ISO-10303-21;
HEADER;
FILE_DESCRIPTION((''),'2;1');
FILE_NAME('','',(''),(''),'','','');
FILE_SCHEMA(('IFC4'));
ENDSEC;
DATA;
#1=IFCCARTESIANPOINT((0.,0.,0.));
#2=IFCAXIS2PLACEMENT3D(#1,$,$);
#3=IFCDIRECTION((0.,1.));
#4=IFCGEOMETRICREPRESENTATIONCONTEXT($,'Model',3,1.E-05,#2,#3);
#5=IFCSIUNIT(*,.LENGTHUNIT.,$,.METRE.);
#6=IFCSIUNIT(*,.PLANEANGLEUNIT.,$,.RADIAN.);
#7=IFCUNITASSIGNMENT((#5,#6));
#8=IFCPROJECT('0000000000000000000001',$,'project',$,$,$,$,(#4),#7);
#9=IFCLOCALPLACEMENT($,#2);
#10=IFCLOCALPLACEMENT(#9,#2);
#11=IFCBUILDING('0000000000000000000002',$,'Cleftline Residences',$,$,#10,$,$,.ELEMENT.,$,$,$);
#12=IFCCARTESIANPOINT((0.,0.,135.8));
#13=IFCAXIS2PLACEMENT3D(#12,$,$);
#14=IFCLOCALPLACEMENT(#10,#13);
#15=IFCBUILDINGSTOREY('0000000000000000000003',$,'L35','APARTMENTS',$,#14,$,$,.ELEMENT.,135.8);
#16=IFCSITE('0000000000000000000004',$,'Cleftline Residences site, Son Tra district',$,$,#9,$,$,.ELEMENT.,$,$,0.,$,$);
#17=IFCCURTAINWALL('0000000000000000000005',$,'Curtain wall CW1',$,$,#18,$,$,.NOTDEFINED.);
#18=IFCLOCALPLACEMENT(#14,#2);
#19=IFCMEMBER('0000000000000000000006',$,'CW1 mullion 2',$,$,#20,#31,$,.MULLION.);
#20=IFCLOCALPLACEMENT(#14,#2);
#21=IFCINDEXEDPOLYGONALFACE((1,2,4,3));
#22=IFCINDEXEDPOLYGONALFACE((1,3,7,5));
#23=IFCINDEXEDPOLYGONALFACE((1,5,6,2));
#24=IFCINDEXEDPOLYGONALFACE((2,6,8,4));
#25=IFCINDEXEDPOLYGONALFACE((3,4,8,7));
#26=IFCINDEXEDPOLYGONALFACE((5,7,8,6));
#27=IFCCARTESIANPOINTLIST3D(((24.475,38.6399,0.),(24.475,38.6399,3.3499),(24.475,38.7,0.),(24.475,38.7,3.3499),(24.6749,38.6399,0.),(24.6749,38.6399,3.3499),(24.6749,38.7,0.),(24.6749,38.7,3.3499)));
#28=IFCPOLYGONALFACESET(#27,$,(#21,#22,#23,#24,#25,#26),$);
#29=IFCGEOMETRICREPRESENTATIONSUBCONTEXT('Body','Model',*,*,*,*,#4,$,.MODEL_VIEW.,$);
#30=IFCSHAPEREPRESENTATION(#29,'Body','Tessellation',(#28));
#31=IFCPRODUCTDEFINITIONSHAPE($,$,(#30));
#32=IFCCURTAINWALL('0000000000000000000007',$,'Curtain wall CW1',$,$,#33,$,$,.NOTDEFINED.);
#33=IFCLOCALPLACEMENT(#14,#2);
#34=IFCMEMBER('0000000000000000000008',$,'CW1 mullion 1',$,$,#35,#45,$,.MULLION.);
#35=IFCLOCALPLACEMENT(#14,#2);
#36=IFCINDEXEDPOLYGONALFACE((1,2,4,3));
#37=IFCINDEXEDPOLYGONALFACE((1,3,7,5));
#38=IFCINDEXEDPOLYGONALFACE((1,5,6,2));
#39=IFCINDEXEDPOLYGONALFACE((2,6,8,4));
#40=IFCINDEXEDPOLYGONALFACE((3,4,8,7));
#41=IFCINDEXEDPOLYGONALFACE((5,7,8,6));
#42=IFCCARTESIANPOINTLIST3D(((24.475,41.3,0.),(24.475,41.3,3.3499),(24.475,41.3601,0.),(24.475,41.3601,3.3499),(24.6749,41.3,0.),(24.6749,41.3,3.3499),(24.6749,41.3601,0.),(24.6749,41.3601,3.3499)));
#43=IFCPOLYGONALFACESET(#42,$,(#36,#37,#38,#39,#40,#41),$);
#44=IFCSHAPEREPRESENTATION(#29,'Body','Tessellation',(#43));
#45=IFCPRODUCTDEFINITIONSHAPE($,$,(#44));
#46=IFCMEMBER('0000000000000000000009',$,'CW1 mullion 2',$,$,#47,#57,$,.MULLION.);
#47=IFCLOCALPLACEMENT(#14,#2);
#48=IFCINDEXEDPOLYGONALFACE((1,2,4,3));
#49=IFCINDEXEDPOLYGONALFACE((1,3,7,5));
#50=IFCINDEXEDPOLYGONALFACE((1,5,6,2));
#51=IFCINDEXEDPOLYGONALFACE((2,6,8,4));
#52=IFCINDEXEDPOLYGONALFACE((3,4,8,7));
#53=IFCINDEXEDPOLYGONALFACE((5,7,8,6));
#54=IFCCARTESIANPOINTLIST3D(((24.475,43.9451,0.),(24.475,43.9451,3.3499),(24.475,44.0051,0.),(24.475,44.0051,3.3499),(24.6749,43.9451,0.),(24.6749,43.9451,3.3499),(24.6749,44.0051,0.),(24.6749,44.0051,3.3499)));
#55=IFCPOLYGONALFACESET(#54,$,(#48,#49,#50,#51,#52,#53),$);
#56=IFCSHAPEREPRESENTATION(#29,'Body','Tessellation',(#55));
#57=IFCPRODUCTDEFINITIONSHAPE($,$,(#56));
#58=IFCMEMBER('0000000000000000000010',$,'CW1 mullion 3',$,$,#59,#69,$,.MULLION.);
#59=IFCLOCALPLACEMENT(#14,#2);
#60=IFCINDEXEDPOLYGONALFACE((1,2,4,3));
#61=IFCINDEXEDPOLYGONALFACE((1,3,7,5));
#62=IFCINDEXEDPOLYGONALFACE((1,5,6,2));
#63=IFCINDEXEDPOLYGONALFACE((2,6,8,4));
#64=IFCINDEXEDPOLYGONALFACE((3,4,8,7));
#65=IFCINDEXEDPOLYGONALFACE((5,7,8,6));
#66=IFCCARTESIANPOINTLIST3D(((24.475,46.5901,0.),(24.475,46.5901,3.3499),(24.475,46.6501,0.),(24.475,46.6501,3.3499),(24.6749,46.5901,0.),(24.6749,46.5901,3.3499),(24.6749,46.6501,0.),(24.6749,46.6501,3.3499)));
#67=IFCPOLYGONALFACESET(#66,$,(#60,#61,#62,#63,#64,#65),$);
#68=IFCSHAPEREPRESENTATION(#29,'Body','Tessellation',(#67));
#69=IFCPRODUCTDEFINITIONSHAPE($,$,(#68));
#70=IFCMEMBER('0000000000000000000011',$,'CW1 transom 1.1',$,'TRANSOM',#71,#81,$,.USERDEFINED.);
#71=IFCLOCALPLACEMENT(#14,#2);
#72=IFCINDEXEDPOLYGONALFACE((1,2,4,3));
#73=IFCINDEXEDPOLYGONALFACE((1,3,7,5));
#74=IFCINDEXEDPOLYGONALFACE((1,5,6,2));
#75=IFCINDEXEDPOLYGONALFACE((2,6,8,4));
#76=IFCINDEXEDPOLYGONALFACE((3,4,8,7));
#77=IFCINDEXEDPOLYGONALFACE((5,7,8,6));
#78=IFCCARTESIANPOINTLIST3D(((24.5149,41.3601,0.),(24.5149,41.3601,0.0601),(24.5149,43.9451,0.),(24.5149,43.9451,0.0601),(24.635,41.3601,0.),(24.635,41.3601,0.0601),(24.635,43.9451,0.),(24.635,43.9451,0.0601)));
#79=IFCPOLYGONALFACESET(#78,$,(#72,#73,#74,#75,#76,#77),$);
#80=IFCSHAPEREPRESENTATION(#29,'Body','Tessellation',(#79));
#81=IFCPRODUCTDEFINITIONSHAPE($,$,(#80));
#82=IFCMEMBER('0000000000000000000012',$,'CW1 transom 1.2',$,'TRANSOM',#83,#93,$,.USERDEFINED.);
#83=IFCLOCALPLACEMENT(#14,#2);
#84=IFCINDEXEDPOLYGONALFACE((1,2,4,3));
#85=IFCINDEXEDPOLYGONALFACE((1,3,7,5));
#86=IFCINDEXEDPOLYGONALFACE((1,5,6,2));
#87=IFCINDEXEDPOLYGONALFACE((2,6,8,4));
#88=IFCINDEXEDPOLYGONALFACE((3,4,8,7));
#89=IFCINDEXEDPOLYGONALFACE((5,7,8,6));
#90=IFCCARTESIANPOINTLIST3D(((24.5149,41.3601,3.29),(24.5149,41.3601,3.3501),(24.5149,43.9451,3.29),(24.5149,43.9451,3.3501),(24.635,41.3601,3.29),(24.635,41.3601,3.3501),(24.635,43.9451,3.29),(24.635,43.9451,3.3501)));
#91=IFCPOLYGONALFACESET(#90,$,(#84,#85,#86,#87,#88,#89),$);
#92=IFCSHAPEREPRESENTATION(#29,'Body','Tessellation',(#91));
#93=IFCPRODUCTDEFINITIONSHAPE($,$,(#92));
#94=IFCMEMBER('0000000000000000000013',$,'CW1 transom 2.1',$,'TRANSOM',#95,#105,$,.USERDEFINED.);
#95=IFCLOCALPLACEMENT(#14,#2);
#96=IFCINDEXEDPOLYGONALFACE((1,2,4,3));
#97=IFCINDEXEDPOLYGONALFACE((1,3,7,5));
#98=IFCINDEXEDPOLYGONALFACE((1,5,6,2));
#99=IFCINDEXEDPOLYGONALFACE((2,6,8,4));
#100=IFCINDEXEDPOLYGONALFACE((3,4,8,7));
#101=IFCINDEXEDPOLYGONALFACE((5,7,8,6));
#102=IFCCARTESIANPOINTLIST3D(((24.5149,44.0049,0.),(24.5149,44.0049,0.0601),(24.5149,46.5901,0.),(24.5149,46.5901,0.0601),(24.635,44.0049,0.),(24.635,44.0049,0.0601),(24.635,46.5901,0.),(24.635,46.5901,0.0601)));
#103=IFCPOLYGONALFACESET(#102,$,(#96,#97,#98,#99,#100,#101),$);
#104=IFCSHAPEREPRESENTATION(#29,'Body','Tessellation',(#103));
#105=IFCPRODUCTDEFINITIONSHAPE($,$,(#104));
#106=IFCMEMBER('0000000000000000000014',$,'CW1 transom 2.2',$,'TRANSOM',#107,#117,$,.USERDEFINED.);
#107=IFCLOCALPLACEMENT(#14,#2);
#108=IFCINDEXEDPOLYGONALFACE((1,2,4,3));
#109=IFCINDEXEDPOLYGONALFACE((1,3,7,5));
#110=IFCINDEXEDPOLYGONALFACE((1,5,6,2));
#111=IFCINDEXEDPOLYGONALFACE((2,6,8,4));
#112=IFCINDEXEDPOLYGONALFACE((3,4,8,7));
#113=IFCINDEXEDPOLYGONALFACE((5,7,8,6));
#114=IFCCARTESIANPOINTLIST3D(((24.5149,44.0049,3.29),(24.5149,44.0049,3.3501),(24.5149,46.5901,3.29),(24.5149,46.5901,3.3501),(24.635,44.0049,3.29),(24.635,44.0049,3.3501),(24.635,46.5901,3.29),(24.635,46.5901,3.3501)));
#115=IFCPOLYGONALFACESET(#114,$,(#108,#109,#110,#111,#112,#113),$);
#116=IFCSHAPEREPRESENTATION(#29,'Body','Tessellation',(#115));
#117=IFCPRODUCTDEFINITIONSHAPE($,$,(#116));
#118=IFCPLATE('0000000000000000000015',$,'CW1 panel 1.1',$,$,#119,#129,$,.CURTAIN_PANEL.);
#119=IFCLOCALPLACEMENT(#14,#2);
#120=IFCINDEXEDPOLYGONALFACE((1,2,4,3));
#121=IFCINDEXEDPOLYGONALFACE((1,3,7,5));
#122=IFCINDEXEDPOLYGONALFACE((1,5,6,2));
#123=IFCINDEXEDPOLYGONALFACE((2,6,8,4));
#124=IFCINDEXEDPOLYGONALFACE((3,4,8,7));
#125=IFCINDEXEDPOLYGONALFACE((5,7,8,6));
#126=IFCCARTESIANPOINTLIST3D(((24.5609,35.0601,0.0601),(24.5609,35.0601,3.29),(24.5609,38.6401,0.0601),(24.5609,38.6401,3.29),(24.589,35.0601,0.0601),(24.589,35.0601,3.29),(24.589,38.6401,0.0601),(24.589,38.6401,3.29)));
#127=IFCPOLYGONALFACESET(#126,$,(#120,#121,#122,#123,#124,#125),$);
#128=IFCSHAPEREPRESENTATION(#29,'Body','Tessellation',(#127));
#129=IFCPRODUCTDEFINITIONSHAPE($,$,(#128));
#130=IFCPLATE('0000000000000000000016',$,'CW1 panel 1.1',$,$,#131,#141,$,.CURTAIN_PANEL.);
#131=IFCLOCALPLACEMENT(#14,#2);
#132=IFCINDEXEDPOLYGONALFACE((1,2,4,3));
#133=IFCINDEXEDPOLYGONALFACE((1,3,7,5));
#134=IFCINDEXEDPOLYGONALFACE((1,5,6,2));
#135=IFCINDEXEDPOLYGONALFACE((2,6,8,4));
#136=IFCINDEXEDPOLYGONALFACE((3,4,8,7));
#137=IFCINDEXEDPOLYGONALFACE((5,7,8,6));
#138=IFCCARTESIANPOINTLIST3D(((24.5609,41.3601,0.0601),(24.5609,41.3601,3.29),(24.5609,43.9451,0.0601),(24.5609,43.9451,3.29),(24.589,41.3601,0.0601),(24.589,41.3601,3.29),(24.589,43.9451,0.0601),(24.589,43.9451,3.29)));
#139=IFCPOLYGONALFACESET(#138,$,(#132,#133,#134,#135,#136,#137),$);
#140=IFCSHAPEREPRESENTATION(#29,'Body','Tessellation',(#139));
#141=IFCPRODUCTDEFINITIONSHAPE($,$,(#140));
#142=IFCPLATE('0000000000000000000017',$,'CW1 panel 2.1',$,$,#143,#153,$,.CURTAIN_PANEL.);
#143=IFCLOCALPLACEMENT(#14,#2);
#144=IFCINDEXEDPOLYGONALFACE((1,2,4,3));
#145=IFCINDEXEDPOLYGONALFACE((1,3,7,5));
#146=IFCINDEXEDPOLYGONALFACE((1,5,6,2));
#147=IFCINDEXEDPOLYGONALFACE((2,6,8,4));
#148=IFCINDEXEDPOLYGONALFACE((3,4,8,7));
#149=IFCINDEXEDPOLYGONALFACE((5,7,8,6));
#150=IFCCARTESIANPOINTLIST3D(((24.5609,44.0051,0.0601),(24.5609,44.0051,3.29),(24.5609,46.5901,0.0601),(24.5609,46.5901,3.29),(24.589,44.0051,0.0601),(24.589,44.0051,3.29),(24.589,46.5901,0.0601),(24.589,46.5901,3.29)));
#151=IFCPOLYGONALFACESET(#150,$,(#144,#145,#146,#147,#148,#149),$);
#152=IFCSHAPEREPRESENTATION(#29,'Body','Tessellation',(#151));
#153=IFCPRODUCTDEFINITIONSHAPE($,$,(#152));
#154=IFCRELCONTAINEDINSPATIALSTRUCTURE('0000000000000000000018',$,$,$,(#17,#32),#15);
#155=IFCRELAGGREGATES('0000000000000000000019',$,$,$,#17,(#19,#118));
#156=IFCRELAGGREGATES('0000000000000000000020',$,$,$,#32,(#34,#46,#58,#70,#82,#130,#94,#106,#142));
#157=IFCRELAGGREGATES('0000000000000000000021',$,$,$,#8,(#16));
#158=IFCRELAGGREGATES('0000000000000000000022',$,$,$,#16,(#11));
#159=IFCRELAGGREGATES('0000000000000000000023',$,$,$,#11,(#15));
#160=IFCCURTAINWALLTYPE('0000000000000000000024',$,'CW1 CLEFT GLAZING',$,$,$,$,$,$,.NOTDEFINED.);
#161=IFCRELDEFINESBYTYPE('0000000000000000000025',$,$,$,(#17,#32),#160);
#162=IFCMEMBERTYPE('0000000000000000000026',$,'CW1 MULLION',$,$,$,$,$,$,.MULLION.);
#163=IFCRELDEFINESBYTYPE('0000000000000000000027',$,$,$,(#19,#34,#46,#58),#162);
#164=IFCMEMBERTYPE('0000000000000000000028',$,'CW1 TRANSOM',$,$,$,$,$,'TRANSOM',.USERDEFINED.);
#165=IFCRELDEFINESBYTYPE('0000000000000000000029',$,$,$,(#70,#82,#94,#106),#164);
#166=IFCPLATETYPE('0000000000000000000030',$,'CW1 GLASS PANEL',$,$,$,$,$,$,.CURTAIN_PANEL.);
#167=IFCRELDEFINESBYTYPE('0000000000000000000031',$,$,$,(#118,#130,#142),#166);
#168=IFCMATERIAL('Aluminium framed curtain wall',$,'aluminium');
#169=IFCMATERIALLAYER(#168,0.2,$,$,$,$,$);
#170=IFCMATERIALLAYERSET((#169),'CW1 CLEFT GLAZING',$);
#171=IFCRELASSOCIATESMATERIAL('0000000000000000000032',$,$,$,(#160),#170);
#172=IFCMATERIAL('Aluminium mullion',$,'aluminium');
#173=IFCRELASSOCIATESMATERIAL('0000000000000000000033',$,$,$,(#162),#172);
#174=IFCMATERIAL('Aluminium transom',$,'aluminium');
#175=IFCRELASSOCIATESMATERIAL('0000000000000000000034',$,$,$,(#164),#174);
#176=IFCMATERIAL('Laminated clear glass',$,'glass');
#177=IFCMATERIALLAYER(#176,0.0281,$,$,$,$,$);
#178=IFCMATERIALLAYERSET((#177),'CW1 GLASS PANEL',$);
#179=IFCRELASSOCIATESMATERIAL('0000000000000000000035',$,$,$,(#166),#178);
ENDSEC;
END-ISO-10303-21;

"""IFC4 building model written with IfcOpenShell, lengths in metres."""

from ifc_helpers import new_model, si_unit, direction, frame, origin, origin_2d, place, context, subcontext, project, spatial, rectangle, extrude, material, layer, layer_set, material_profile, profile_set, type_object, element, aggregate, save


model = new_model("IFC4")

# Units and contexts
model_context = context("Model", 3, precision=1e-05, world=origin(), true_north=direction((0.0, 1.0)))
body_context = subcontext(model_context, "Body", "Model", "MODEL_VIEW")
ifc_project = project(units=[si_unit("LENGTHUNIT", "METRE"), si_unit("PLANEANGLEUNIT", "RADIAN")], contexts=[model_context])

# Site, building, storey
site_placement = place(None, origin())
site = spatial("IfcSite", under=ifc_project, at=site_placement, Name="Cleftline Residences site, Son Tra district", CompositionType="ELEMENT", RefElevation=0.0)
building_placement = place(site_placement, origin())
building = spatial("IfcBuilding", under=site, at=building_placement, Name="Cleftline Residences", CompositionType="ELEMENT")
storey_placement = place(building_placement, frame((0.0, 0.0, 135.8)))
storey = spatial("IfcBuildingStorey", under=building, at=storey_placement, Name="L35", Description="APARTMENTS", CompositionType="ELEMENT", Elevation=135.8)

# Curtain wall, member
ifc_material_1 = material(Name="Aluminium framed curtain wall", Category="aluminium")
ifc_layer_1 = layer(ifc_material_1, 0.2)
ifc_layer_set_1 = layer_set([ifc_layer_1], Name="CW1 CLEFT GLAZING")
curtain_wall_type = type_object("IfcCurtainWallType", Name="CW1 CLEFT GLAZING", PredefinedType="NOTDEFINED", material=ifc_layer_set_1)
curtain_wall_1_placement = place(storey_placement, origin())
curtain_wall_1 = element("IfcCurtainWall", 1, at=curtain_wall_1_placement, inside=storey, type_object=curtain_wall_type, Name="Curtain wall CW1", PredefinedType="NOTDEFINED")
ifc_material_2 = material(Name="Aluminium mullion", Category="aluminium")
ifc_material_profile_1 = material_profile(ifc_material_2, rectangle(XDim=0.2, YDim=0.0601, at=origin_2d()))
ifc_profile_set_1 = profile_set([ifc_material_profile_1], Name="Aluminium mullion")
member_type_1 = type_object("IfcMemberType", Name="CW1 MULLION", PredefinedType="MULLION", material=ifc_profile_set_1)
member_1_placement = place(storey_placement, frame((24.575, 38.6699, 0.0), z_axis=(0.0, 0.0, 1.0), x_axis=(-1.0, 0.0, 0.0)))
member_1 = element("IfcMember", 2, at=member_1_placement, type_object=member_type_1, Name="CW1 mullion 2", PredefinedType="MULLION", context=body_context, shape_type="SweptSolid", body=[
    extrude(rectangle(XDim=0.2, YDim=0.0601, at=origin_2d()), origin(), (0.0, 0.0, 1.0), 3.3499),
])

# Curtain wall, members
curtain_wall_2_placement = place(storey_placement, origin())
curtain_wall_2 = element("IfcCurtainWall", 3, at=curtain_wall_2_placement, inside=storey, type_object=curtain_wall_type, Name="Curtain wall CW1", PredefinedType="NOTDEFINED")
member_2_placement = place(storey_placement, frame((24.575, 41.3301, 0.0), z_axis=(0.0, 0.0, 1.0), x_axis=(-1.0, 0.0, 0.0)))
member_2 = element("IfcMember", 4, at=member_2_placement, type_object=member_type_1, Name="CW1 mullion 1", PredefinedType="MULLION", context=body_context, shape_type="SweptSolid", body=[
    extrude(rectangle(XDim=0.2, YDim=0.0601, at=origin_2d()), origin(), (0.0, 0.0, 1.0), 3.3499),
])
member_3_placement = place(storey_placement, frame((24.575, 43.9751, 0.0), z_axis=(0.0, 0.0, 1.0), x_axis=(-1.0, 0.0, 0.0)))
member_3 = element("IfcMember", 5, at=member_3_placement, type_object=member_type_1, Name="CW1 mullion 2", PredefinedType="MULLION", context=body_context, shape_type="SweptSolid", body=[
    extrude(rectangle(XDim=0.2, YDim=0.0601, at=origin_2d()), origin(), (0.0, 0.0, 1.0), 3.3499),
])
member_4_placement = place(storey_placement, frame((24.575, 46.6201, 0.0), z_axis=(0.0, 0.0, 1.0), x_axis=(-1.0, 0.0, 0.0)))
member_4 = element("IfcMember", 6, at=member_4_placement, type_object=member_type_1, Name="CW1 mullion 3", PredefinedType="MULLION", context=body_context, shape_type="SweptSolid", body=[
    extrude(rectangle(XDim=0.2, YDim=0.0601, at=origin_2d()), origin(), (0.0, 0.0, 1.0), 3.3499),
])
ifc_material_3 = material(Name="Aluminium transom", Category="aluminium")
ifc_material_profile_2 = material_profile(ifc_material_3, rectangle(XDim=0.1201, YDim=0.0601, at=origin_2d()))
ifc_profile_set_2 = profile_set([ifc_material_profile_2], Name="Aluminium transom")
member_type_2 = type_object("IfcMemberType", Name="CW1 TRANSOM", ElementType="TRANSOM", PredefinedType="USERDEFINED", material=ifc_profile_set_2)
member_5_placement = place(storey_placement, frame((24.575, 41.3601, 0.03), z_axis=(0.0, 1.0, 0.0), x_axis=(-1.0, 0.0, 0.0)))
member_5 = element("IfcMember", 7, at=member_5_placement, type_object=member_type_2, Name="CW1 transom 1.1", ObjectType="TRANSOM", PredefinedType="USERDEFINED", context=body_context, shape_type="SweptSolid", body=[
    extrude(rectangle(XDim=0.1201, YDim=0.0601, at=origin_2d()), origin(), (0.0, 0.0, 1.0), 2.585),
])
member_6_placement = place(storey_placement, frame((24.575, 41.3601, 3.3201), z_axis=(0.0, 1.0, 0.0), x_axis=(-1.0, 0.0, 0.0)))
member_6 = element("IfcMember", 8, at=member_6_placement, type_object=member_type_2, Name="CW1 transom 1.2", ObjectType="TRANSOM", PredefinedType="USERDEFINED", context=body_context, shape_type="SweptSolid", body=[
    extrude(rectangle(XDim=0.1201, YDim=0.0601, at=origin_2d()), origin(), (0.0, 0.0, 1.0), 2.585),
])
member_7_placement = place(storey_placement, frame((24.575, 44.0049, 0.03), z_axis=(0.0, 1.0, 0.0), x_axis=(-1.0, 0.0, 0.0)))
member_7 = element("IfcMember", 9, at=member_7_placement, type_object=member_type_2, Name="CW1 transom 2.1", ObjectType="TRANSOM", PredefinedType="USERDEFINED", context=body_context, shape_type="SweptSolid", body=[
    extrude(rectangle(XDim=0.1201, YDim=0.0601, at=origin_2d()), origin(), (0.0, 0.0, 1.0), 2.5852),
])
member_8_placement = place(storey_placement, frame((24.575, 44.0049, 3.3201), z_axis=(0.0, 1.0, 0.0), x_axis=(-1.0, 0.0, 0.0)))
member_8 = element("IfcMember", 10, at=member_8_placement, type_object=member_type_2, Name="CW1 transom 2.2", ObjectType="TRANSOM", PredefinedType="USERDEFINED", context=body_context, shape_type="SweptSolid", body=[
    extrude(rectangle(XDim=0.1201, YDim=0.0601, at=origin_2d()), origin(), (0.0, 0.0, 1.0), 2.5852),
])

# Plates
ifc_material_4 = material(Name="Laminated clear glass", Category="glass")
ifc_layer_2 = layer(ifc_material_4, 0.0281)
ifc_layer_set_2 = layer_set([ifc_layer_2], Name="CW1 GLASS PANEL")
plate_type = type_object("IfcPlateType", Name="CW1 GLASS PANEL", PredefinedType="CURTAIN_PANEL", material=ifc_layer_set_2)
plate_1_placement = place(storey_placement, frame((24.575, 36.8501, 0.0601), z_axis=(0.0, 0.0, 1.0), x_axis=(0.0, 1.0, 0.0)))
plate_1 = element("IfcPlate", 11, at=plate_1_placement, type_object=plate_type, Name="CW1 panel 1.1", PredefinedType="CURTAIN_PANEL", context=body_context, shape_type="SweptSolid", body=[
    extrude(rectangle(XDim=3.5801, YDim=0.0281, at=origin_2d()), origin(), (0.0, 0.0, 1.0), 3.23),
])
aggregate(curtain_wall_1, [member_1, plate_1])
plate_2_placement = place(storey_placement, frame((24.575, 42.6526, 0.0601), z_axis=(0.0, 0.0, 1.0), x_axis=(0.0, 1.0, 0.0)))
plate_2 = element("IfcPlate", 12, at=plate_2_placement, type_object=plate_type, Name="CW1 panel 1.1", PredefinedType="CURTAIN_PANEL", context=body_context, shape_type="SweptSolid", body=[
    extrude(rectangle(XDim=2.585, YDim=0.0281, at=origin_2d()), origin(), (0.0, 0.0, 1.0), 3.23),
])
plate_3_placement = place(storey_placement, frame((24.575, 45.2976, 0.0601), z_axis=(0.0, 0.0, 1.0), x_axis=(0.0, 1.0, 0.0)))
plate_3 = element("IfcPlate", 13, at=plate_3_placement, type_object=plate_type, Name="CW1 panel 2.1", PredefinedType="CURTAIN_PANEL", context=body_context, shape_type="SweptSolid", body=[
    extrude(rectangle(XDim=2.585, YDim=0.0281, at=origin_2d()), origin(), (0.0, 0.0, 1.0), 3.23),
])
aggregate(curtain_wall_2, [member_2, member_3, member_4, member_5, member_6, plate_2, member_7, member_8, plate_3])

save(model, "model.ifc")
